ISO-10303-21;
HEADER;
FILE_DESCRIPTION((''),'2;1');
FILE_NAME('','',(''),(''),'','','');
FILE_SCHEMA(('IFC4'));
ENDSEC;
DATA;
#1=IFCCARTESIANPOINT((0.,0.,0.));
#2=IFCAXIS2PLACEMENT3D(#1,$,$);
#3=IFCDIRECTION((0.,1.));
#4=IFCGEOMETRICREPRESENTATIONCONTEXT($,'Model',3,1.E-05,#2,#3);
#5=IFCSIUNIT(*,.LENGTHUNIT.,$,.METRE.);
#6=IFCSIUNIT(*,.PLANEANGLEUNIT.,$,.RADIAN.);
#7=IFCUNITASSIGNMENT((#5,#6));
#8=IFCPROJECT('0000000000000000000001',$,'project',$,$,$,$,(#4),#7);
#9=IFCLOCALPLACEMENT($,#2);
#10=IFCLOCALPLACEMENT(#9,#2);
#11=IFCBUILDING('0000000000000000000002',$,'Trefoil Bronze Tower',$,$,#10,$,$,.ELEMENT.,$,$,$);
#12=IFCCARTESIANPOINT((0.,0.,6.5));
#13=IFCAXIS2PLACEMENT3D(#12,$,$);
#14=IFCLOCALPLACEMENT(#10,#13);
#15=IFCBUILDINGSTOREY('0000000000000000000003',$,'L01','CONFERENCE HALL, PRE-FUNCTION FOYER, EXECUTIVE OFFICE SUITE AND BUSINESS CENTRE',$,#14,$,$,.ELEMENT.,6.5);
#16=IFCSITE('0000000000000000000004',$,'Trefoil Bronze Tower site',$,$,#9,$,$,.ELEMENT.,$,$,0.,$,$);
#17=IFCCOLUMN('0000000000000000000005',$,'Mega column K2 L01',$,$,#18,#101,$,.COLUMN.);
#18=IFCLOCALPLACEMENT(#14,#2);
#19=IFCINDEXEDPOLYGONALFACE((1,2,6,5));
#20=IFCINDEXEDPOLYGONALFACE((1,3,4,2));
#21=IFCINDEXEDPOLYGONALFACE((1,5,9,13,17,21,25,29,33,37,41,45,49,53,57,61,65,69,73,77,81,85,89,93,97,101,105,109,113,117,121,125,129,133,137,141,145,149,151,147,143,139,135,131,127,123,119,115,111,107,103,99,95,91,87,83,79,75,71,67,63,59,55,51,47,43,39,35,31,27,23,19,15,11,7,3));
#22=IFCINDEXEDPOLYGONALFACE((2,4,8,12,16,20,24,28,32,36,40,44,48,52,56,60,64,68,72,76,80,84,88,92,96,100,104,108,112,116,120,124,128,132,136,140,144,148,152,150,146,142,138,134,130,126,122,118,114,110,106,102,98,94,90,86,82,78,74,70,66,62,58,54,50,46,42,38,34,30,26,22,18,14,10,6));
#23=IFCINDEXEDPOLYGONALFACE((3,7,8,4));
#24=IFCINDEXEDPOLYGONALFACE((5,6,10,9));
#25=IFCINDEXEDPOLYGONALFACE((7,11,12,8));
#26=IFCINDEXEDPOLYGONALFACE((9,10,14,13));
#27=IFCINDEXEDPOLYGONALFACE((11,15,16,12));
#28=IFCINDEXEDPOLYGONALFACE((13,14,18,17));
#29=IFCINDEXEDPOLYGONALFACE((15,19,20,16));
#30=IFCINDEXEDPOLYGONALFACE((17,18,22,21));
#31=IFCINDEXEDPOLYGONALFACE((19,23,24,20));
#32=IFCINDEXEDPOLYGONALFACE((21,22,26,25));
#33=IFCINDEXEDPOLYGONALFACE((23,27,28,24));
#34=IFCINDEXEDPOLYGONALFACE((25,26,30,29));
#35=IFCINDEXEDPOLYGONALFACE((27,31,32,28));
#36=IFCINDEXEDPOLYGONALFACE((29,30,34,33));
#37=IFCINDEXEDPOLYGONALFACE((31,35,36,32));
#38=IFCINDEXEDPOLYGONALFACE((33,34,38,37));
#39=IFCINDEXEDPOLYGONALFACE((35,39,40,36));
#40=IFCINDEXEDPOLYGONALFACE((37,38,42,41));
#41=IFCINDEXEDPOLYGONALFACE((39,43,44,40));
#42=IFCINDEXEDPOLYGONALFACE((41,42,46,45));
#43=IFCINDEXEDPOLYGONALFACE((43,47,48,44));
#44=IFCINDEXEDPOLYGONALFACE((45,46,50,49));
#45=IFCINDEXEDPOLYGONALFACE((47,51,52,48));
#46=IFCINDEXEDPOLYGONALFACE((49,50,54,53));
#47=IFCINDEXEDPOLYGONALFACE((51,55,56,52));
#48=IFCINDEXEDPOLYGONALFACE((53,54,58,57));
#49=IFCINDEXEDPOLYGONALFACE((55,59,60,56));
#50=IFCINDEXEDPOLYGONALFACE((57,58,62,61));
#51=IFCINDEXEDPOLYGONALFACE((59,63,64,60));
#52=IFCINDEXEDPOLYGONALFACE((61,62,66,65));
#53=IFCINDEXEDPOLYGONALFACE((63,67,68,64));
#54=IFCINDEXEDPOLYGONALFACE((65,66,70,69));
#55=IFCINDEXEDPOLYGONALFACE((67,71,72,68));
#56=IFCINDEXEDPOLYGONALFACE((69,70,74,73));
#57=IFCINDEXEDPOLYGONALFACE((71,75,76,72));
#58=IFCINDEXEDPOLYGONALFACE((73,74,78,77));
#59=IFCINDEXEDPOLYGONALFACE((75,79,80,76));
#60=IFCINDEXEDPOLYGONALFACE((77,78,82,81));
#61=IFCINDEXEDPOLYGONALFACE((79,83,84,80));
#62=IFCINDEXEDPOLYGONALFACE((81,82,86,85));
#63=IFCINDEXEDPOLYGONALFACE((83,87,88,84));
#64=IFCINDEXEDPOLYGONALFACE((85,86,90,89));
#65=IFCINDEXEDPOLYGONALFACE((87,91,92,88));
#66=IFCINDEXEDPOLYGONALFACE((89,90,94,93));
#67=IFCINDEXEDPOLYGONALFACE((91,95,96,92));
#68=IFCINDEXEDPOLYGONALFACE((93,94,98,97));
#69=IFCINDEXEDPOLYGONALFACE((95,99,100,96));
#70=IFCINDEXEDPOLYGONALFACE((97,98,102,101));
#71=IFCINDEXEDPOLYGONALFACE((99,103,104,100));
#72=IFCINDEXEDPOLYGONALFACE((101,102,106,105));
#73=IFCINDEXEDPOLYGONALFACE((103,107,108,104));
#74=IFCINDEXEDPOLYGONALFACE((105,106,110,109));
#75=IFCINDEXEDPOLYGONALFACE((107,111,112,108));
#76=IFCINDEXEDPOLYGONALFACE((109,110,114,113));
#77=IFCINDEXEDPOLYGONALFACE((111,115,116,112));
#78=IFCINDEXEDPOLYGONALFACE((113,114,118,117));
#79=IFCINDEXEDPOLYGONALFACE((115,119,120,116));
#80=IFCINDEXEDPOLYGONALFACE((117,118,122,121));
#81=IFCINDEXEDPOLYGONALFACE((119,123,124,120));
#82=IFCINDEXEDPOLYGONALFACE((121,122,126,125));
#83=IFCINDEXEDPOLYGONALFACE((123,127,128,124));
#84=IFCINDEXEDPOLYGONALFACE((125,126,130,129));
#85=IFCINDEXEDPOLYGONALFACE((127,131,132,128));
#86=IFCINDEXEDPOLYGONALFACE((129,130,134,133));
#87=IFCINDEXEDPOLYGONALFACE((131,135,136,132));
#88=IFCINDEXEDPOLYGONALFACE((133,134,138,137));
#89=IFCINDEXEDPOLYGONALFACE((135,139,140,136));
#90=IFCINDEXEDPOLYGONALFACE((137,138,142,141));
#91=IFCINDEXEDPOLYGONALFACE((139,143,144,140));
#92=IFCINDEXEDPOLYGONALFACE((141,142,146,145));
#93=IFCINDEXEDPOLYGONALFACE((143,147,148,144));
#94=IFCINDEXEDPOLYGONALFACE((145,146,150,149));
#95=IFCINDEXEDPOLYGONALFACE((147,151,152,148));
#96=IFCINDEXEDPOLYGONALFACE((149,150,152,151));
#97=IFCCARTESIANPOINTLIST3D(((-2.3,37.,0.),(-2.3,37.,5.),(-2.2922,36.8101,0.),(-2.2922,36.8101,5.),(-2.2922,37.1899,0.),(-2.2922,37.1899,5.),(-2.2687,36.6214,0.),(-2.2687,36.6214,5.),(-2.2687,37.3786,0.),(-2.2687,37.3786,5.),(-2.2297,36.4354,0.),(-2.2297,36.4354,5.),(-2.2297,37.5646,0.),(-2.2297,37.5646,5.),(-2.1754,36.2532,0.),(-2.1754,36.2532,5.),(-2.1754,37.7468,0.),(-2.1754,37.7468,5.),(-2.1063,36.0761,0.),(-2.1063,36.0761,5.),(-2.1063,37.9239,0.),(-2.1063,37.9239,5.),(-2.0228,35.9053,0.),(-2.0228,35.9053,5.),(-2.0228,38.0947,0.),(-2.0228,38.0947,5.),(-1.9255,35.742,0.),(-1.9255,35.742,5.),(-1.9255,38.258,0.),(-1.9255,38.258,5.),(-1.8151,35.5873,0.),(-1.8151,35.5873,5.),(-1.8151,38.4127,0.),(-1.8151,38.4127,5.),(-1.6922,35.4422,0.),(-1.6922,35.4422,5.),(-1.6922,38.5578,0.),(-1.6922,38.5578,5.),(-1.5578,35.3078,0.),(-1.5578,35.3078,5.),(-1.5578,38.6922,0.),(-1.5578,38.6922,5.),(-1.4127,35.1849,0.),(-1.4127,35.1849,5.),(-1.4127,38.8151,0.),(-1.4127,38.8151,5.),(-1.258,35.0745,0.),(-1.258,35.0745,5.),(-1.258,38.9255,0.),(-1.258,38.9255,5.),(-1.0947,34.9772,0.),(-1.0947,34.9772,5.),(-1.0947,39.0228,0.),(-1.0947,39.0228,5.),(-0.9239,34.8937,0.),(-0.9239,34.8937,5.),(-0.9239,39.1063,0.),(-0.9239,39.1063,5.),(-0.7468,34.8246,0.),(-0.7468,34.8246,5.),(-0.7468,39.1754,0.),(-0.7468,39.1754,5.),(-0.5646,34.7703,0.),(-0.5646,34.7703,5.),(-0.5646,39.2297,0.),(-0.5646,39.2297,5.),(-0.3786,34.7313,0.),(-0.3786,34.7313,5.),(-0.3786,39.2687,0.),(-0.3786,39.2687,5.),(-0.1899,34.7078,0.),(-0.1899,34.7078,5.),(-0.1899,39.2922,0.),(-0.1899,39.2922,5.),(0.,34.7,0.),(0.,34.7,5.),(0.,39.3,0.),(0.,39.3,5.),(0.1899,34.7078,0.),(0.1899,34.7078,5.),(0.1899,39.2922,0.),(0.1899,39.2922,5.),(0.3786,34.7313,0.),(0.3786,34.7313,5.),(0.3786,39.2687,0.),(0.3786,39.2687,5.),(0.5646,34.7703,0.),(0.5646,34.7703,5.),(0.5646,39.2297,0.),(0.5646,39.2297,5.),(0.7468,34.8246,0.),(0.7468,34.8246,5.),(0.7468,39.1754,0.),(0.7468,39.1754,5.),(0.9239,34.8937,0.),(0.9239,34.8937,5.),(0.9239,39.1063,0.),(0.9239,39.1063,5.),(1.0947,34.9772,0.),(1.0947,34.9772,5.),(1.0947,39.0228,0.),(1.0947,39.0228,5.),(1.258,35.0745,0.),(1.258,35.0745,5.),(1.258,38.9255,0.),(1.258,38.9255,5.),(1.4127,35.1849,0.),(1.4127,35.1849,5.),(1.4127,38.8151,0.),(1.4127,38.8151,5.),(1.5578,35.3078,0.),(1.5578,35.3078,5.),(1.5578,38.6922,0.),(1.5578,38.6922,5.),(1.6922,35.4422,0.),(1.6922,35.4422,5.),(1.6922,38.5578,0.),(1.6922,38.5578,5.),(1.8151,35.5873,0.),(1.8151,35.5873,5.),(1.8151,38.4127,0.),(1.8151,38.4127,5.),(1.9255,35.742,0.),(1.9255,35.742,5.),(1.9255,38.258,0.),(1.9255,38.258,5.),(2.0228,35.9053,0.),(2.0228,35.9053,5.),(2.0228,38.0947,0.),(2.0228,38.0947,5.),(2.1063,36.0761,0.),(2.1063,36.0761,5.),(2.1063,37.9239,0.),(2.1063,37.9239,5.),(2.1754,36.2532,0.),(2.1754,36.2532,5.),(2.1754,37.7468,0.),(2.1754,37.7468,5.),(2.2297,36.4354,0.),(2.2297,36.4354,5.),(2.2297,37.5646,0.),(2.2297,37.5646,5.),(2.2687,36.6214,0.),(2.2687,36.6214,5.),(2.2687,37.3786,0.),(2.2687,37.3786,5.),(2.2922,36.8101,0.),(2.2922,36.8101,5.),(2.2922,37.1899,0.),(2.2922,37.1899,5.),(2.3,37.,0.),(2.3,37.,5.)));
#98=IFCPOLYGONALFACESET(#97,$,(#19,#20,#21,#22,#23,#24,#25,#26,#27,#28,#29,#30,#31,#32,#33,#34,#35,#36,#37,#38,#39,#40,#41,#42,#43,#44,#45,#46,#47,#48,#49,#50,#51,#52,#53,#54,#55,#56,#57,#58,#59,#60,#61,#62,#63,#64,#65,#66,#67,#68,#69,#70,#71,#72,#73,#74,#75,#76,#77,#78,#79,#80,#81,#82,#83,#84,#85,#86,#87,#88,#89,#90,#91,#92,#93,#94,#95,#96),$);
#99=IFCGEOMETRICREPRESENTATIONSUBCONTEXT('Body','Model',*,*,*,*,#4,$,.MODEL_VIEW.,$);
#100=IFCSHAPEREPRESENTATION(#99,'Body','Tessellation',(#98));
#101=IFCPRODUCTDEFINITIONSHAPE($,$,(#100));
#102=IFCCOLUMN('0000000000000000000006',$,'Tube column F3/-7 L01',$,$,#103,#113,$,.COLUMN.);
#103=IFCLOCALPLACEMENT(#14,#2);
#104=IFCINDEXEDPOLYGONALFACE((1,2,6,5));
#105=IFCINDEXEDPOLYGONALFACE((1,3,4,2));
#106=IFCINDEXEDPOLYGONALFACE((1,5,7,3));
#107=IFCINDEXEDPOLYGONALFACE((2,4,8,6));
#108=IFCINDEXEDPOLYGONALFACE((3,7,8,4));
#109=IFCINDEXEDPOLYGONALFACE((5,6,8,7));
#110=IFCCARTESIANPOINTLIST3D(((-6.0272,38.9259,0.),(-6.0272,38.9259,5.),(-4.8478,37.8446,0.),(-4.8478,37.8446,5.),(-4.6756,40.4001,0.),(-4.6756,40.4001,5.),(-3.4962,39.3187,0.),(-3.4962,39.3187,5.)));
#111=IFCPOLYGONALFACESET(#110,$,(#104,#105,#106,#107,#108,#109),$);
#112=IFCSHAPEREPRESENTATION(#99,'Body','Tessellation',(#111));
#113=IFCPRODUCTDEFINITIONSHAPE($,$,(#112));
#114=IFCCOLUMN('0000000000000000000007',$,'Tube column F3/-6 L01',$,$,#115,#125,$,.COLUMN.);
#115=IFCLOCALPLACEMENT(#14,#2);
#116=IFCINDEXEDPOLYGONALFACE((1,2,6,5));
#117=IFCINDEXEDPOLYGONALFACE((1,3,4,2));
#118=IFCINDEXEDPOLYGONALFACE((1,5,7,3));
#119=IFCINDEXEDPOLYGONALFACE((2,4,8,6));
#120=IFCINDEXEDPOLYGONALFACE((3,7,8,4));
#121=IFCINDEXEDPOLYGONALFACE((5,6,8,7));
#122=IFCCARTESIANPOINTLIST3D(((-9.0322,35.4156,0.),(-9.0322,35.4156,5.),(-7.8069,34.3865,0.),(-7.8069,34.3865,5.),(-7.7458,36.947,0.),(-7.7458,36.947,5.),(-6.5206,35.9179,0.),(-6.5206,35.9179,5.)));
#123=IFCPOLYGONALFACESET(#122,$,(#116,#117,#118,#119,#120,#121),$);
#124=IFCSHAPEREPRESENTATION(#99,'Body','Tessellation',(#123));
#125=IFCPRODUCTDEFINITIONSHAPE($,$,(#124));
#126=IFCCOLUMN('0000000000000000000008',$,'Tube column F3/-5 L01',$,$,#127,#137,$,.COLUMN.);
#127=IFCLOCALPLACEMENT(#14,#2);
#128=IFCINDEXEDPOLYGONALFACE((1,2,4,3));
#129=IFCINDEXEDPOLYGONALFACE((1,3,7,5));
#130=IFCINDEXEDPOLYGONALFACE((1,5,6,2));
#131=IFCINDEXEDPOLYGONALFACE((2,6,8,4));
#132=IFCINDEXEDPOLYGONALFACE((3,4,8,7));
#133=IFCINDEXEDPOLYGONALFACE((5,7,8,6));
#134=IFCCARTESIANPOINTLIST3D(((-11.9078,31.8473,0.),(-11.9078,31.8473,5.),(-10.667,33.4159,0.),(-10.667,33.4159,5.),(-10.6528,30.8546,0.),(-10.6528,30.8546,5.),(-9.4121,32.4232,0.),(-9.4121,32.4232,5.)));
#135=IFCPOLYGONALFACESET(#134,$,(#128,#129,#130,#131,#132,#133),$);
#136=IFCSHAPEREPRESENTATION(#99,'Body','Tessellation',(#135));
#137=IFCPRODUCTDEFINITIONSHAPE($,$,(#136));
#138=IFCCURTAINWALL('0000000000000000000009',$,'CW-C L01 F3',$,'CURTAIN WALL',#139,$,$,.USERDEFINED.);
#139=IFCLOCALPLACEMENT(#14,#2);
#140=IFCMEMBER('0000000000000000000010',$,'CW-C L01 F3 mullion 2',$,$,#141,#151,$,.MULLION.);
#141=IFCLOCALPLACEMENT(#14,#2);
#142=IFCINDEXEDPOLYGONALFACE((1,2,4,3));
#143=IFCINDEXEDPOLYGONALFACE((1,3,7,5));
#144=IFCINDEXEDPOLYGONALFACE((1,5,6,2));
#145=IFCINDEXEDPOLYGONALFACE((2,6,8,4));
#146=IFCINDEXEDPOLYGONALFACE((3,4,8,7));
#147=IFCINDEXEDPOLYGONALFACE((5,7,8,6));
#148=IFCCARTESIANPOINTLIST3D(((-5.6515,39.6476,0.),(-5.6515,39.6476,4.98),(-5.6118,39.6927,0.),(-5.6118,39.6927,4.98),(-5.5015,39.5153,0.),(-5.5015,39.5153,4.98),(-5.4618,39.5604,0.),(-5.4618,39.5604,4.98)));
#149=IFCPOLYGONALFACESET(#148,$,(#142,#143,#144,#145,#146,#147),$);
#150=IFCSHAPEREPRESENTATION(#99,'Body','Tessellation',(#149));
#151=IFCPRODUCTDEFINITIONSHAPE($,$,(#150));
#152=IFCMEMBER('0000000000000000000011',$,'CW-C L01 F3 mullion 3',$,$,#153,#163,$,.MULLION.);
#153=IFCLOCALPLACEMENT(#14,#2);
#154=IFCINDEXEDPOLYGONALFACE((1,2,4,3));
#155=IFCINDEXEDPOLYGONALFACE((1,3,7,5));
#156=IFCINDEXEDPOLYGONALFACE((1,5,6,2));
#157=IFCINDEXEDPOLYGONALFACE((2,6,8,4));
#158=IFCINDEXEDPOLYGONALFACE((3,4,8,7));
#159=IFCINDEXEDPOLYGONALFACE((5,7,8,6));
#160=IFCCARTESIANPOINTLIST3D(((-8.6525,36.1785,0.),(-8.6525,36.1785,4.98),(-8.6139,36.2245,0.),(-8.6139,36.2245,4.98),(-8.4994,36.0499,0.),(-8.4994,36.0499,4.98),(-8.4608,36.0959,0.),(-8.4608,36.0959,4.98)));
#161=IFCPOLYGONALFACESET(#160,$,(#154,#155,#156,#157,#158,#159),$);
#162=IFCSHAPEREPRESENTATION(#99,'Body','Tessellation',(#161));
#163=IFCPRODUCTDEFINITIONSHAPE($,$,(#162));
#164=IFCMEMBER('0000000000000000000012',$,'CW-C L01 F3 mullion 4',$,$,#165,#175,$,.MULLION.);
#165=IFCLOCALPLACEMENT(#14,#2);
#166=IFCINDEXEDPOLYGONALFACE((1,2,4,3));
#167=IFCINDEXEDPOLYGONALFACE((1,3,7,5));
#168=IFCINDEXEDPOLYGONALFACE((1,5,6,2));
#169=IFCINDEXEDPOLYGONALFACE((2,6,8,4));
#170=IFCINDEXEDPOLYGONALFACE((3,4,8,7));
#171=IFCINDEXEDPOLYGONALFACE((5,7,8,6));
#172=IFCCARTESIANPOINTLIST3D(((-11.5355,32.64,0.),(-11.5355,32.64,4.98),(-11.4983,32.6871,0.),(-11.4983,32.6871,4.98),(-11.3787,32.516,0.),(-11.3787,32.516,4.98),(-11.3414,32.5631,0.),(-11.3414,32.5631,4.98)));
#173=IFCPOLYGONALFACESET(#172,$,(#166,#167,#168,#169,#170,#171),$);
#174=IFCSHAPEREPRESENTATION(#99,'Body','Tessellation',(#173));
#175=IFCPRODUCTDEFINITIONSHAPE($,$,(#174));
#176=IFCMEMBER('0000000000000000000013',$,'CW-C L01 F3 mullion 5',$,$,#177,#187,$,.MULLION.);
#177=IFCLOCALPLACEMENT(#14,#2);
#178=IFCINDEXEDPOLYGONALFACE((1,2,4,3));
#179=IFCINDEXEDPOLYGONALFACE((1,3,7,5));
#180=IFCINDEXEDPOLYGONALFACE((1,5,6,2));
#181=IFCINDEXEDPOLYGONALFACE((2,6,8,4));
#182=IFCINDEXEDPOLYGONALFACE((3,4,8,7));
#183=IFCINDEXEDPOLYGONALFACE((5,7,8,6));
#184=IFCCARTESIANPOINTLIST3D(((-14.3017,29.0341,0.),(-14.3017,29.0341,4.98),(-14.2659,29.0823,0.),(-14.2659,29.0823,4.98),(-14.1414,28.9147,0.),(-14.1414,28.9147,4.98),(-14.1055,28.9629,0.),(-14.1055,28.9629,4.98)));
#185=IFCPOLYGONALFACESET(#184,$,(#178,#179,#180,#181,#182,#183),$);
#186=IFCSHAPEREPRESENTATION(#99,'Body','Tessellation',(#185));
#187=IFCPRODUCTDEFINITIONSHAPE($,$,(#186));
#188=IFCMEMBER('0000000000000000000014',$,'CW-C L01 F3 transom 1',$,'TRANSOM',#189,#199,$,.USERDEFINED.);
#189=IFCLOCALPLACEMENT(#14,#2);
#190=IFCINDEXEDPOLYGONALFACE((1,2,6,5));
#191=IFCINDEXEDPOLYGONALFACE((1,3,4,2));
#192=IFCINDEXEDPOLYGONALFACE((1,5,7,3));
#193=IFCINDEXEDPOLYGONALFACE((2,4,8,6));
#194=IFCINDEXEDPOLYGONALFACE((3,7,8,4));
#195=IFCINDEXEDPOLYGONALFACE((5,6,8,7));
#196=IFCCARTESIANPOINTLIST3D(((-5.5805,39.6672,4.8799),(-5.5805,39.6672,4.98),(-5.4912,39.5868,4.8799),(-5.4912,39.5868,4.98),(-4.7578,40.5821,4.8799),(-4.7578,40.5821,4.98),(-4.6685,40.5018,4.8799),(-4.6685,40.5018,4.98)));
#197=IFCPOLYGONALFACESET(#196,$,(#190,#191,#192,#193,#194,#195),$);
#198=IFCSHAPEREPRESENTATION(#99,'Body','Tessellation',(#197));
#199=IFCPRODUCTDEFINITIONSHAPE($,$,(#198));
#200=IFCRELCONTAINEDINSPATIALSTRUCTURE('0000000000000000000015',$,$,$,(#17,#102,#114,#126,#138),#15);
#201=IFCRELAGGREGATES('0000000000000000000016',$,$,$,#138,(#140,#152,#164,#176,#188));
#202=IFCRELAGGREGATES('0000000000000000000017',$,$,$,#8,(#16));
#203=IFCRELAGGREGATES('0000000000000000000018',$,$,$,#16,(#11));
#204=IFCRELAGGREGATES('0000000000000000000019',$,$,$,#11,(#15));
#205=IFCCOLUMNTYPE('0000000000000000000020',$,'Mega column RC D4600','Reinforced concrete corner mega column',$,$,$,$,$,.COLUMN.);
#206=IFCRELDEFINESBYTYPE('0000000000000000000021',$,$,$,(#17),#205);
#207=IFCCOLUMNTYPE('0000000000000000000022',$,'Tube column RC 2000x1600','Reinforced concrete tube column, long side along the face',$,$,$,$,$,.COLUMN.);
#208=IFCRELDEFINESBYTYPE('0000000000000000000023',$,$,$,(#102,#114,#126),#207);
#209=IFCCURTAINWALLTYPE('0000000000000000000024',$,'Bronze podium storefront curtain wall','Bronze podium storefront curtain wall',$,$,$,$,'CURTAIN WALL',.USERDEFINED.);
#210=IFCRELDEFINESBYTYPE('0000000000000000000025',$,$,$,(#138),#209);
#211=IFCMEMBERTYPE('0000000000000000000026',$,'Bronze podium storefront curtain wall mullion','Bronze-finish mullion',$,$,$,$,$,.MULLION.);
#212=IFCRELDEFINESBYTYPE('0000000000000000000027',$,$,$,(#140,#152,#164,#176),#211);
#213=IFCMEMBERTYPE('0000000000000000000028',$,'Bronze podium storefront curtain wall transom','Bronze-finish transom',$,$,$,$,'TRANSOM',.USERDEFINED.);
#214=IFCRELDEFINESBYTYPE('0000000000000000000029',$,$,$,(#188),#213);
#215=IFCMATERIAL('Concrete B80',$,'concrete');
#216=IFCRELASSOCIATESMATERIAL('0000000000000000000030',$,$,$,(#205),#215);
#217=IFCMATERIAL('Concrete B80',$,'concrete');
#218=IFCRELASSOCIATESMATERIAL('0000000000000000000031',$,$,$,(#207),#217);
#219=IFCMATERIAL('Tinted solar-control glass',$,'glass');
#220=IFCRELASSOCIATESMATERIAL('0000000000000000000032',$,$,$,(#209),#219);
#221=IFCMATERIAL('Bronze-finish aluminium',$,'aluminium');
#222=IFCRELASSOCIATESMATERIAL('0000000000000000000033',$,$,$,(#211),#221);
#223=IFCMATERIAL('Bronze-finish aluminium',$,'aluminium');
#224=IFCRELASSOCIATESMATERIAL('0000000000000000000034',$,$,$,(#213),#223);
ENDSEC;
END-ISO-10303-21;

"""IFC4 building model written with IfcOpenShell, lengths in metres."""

from ifc_helpers import new_model, si_unit, direction, frame, origin, origin_2d, place, context, subcontext, project, spatial, rectangle, circle, extrude, material, material_profile, profile_set, type_object, element, aggregate, save


model = new_model("IFC4")

# Units and contexts
model_context = context("Model", 3, precision=1e-05, world=origin(), true_north=direction((0.0, 1.0)))
body_context = subcontext(model_context, "Body", "Model", "MODEL_VIEW")
ifc_project = project(units=[si_unit("LENGTHUNIT", "METRE"), si_unit("PLANEANGLEUNIT", "RADIAN")], contexts=[model_context])

# Site, building, storey
site_placement = place(None, origin())
site = spatial("IfcSite", under=ifc_project, at=site_placement, Name="Trefoil Bronze Tower site", CompositionType="ELEMENT", RefElevation=0.0)
building_placement = place(site_placement, origin())
building = spatial("IfcBuilding", under=site, at=building_placement, Name="Trefoil Bronze Tower", CompositionType="ELEMENT")
storey_placement = place(building_placement, frame((0.0, 0.0, 6.5)))
storey = spatial("IfcBuildingStorey", under=building, at=storey_placement, Name="L01", Description="CONFERENCE HALL, PRE-FUNCTION FOYER, EXECUTIVE OFFICE SUITE AND BUSINESS CENTRE", CompositionType="ELEMENT", Elevation=6.5)

# Columns
ifc_material_1 = material(Name="Concrete B80", Category="concrete")
ifc_material_profile_1 = material_profile(ifc_material_1, circle(Radius=2.3, at=origin_2d()), Name="RC D4600")
ifc_profile_set_1 = profile_set([ifc_material_profile_1], Name="Concrete B80")
column_type_1 = type_object("IfcColumnType", Name="Mega column RC D4600", Description="Reinforced concrete corner mega column", PredefinedType="COLUMN", material=ifc_profile_set_1)
column_placement = place(storey_placement, frame((0.0, 37.0, 0.0), z_axis=(0.0, 0.0, 1.0), x_axis=(1.0, 0.0, 0.0)))
element("IfcColumn", 1, at=column_placement, inside=storey, type_object=column_type_1, Name="Mega column K2 L01", PredefinedType="COLUMN", context=body_context, shape_type="SweptSolid", body=[
    extrude(circle(Radius=2.3, at=origin_2d()), origin(), (0.0, 0.0, 1.0), 5.0),
])
ifc_material_2 = material(Name="Concrete B80", Category="concrete")
ifc_material_profile_2 = material_profile(ifc_material_2, rectangle(XDim=2.0, YDim=1.6001, at=origin_2d()), Name="RC 2000x1600")
ifc_profile_set_2 = profile_set([ifc_material_profile_2], Name="Concrete B80")
column_type_2 = type_object("IfcColumnType", Name="Tube column RC 2000x1600", Description="Reinforced concrete tube column, long side along the face", PredefinedType="COLUMN", material=ifc_profile_set_2)
for number, where, z_axis, x_axis, name in (
    (2, (-4.7617, 39.1223, 0.0), (0.0, 0.0, 1.0), (-0.675816, -0.73707, 0.0), "Tube column F3/-7 L01"),
    (3, (-7.7764, 35.6667, 0.0), (0.0, 0.0, 1.0), (-0.643163, -0.765729, 0.0), "Tube column F3/-6 L01"),
    (4, (-10.6599, 32.1353, 0.0), (0.0, 0.0, 1.0), (-0.620376, -0.784305, 0.0), "Tube column F3/-5 L01"),
):
    element("IfcColumn", number, at=place(storey_placement, frame(where, z_axis=z_axis, x_axis=x_axis)), inside=storey, type_object=column_type_2, Name=name, PredefinedType="COLUMN", context=body_context, shape_type="SweptSolid", body=[
        extrude(rectangle(XDim=2.0, YDim=1.6001, at=origin_2d()), origin(), (0.0, 0.0, 1.0), 5.0),
    ])

# Curtain wall, members
ifc_material_3 = material(Name="Tinted solar-control glass", Category="glass")
curtain_wall_type_1 = type_object("IfcCurtainWallType", Name="Bronze podium storefront curtain wall", Description="Bronze podium storefront curtain wall", ElementType="CURTAIN WALL", PredefinedType="USERDEFINED", material=ifc_material_3)
curtain_wall_1_placement = place(storey_placement, origin())
curtain_wall_1 = element("IfcCurtainWall", 5, at=curtain_wall_1_placement, inside=storey, type_object=curtain_wall_type_1, Name="CW-C L01 F3", ObjectType="CURTAIN WALL", PredefinedType="USERDEFINED")
ifc_material_4 = material(Name="Bronze-finish aluminium", Category="aluminium")
ifc_material_profile_3 = material_profile(ifc_material_4, rectangle(XDim=0.2, YDim=0.0601, at=origin_2d()), Name="CW-C mullion")
ifc_profile_set_3 = profile_set([ifc_material_profile_3], Name="Bronze-finish aluminium")
member_type_1 = type_object("IfcMemberType", Name="Bronze podium storefront curtain wall mullion", Description="Bronze-finish mullion", PredefinedType="MULLION", material=ifc_profile_set_3)
member_1_placement = place(storey_placement, frame((-5.5566, 39.604, 0.0), z_axis=(0.0, 0.0, 1.0), x_axis=(0.749941, -0.661505, 0.0)))
member_1 = element("IfcMember", 6, at=member_1_placement, type_object=member_type_1, Name="CW-C L01 F3 mullion 2", PredefinedType="MULLION", context=body_context, shape_type="SweptSolid", body=[
    extrude(rectangle(XDim=0.2, YDim=0.0601, at=origin_2d()), origin(), (0.0, 0.0, 1.0), 4.98),
])
member_2_placement = place(storey_placement, frame((-8.5566, 36.1372, 0.0), z_axis=(0.0, 0.0, 1.0), x_axis=(0.765729, -0.643163, 0.0)))
member_2 = element("IfcMember", 7, at=member_2_placement, type_object=member_type_1, Name="CW-C L01 F3 mullion 3", PredefinedType="MULLION", context=body_context, shape_type="SweptSolid", body=[
    extrude(rectangle(XDim=0.2, YDim=0.0601, at=origin_2d()), origin(), (0.0, 0.0, 1.0), 4.98),
])
member_3_placement = place(storey_placement, frame((-11.4385, 32.6016, 0.0), z_axis=(0.0, 0.0, 1.0), x_axis=(0.784305, -0.620376, 0.0)))
member_3 = element("IfcMember", 8, at=member_3_placement, type_object=member_type_1, Name="CW-C L01 F3 mullion 4", PredefinedType="MULLION", context=body_context, shape_type="SweptSolid", body=[
    extrude(rectangle(XDim=0.2, YDim=0.0601, at=origin_2d()), origin(), (0.0, 0.0, 1.0), 4.98),
])
member_4_placement = place(storey_placement, frame((-14.2036, 28.9985, 0.0), z_axis=(0.0, 0.0, 1.0), x_axis=(0.802127, -0.597154, 0.0)))
member_4 = element("IfcMember", 9, at=member_4_placement, type_object=member_type_1, Name="CW-C L01 F3 mullion 5", PredefinedType="MULLION", context=body_context, shape_type="SweptSolid", body=[
    extrude(rectangle(XDim=0.2, YDim=0.0601, at=origin_2d()), origin(), (0.0, 0.0, 1.0), 4.98),
])
ifc_material_5 = material(Name="Bronze-finish aluminium", Category="aluminium")
ifc_material_profile_4 = material_profile(ifc_material_5, rectangle(XDim=0.1201, YDim=0.1001, at=origin_2d()), Name="CW-C transom")
ifc_profile_set_4 = profile_set([ifc_material_profile_4], Name="Bronze-finish aluminium")
member_type_2 = type_object("IfcMemberType", Name="Bronze podium storefront curtain wall transom", Description="Bronze-finish transom", ElementType="TRANSOM", PredefinedType="USERDEFINED", material=ifc_profile_set_4)
member_5_placement = place(storey_placement, frame((-4.7131, 40.542, 4.9299), z_axis=(-0.668614, -0.74361, 0.0), x_axis=(0.74361, -0.668614, 0.0)))
member_5 = element("IfcMember", 10, at=member_5_placement, type_object=member_type_2, Name="CW-C L01 F3 transom 1", ObjectType="TRANSOM", PredefinedType="USERDEFINED", context=body_context, shape_type="SweptSolid", body=[
    extrude(rectangle(XDim=0.1201, YDim=0.1001, at=origin_2d()), origin(), (0.0, 0.0, 1.0), 1.2305),
])

aggregate(curtain_wall_1, [member_1, member_2, member_3, member_4, member_5])

save(model, "model.ifc")
